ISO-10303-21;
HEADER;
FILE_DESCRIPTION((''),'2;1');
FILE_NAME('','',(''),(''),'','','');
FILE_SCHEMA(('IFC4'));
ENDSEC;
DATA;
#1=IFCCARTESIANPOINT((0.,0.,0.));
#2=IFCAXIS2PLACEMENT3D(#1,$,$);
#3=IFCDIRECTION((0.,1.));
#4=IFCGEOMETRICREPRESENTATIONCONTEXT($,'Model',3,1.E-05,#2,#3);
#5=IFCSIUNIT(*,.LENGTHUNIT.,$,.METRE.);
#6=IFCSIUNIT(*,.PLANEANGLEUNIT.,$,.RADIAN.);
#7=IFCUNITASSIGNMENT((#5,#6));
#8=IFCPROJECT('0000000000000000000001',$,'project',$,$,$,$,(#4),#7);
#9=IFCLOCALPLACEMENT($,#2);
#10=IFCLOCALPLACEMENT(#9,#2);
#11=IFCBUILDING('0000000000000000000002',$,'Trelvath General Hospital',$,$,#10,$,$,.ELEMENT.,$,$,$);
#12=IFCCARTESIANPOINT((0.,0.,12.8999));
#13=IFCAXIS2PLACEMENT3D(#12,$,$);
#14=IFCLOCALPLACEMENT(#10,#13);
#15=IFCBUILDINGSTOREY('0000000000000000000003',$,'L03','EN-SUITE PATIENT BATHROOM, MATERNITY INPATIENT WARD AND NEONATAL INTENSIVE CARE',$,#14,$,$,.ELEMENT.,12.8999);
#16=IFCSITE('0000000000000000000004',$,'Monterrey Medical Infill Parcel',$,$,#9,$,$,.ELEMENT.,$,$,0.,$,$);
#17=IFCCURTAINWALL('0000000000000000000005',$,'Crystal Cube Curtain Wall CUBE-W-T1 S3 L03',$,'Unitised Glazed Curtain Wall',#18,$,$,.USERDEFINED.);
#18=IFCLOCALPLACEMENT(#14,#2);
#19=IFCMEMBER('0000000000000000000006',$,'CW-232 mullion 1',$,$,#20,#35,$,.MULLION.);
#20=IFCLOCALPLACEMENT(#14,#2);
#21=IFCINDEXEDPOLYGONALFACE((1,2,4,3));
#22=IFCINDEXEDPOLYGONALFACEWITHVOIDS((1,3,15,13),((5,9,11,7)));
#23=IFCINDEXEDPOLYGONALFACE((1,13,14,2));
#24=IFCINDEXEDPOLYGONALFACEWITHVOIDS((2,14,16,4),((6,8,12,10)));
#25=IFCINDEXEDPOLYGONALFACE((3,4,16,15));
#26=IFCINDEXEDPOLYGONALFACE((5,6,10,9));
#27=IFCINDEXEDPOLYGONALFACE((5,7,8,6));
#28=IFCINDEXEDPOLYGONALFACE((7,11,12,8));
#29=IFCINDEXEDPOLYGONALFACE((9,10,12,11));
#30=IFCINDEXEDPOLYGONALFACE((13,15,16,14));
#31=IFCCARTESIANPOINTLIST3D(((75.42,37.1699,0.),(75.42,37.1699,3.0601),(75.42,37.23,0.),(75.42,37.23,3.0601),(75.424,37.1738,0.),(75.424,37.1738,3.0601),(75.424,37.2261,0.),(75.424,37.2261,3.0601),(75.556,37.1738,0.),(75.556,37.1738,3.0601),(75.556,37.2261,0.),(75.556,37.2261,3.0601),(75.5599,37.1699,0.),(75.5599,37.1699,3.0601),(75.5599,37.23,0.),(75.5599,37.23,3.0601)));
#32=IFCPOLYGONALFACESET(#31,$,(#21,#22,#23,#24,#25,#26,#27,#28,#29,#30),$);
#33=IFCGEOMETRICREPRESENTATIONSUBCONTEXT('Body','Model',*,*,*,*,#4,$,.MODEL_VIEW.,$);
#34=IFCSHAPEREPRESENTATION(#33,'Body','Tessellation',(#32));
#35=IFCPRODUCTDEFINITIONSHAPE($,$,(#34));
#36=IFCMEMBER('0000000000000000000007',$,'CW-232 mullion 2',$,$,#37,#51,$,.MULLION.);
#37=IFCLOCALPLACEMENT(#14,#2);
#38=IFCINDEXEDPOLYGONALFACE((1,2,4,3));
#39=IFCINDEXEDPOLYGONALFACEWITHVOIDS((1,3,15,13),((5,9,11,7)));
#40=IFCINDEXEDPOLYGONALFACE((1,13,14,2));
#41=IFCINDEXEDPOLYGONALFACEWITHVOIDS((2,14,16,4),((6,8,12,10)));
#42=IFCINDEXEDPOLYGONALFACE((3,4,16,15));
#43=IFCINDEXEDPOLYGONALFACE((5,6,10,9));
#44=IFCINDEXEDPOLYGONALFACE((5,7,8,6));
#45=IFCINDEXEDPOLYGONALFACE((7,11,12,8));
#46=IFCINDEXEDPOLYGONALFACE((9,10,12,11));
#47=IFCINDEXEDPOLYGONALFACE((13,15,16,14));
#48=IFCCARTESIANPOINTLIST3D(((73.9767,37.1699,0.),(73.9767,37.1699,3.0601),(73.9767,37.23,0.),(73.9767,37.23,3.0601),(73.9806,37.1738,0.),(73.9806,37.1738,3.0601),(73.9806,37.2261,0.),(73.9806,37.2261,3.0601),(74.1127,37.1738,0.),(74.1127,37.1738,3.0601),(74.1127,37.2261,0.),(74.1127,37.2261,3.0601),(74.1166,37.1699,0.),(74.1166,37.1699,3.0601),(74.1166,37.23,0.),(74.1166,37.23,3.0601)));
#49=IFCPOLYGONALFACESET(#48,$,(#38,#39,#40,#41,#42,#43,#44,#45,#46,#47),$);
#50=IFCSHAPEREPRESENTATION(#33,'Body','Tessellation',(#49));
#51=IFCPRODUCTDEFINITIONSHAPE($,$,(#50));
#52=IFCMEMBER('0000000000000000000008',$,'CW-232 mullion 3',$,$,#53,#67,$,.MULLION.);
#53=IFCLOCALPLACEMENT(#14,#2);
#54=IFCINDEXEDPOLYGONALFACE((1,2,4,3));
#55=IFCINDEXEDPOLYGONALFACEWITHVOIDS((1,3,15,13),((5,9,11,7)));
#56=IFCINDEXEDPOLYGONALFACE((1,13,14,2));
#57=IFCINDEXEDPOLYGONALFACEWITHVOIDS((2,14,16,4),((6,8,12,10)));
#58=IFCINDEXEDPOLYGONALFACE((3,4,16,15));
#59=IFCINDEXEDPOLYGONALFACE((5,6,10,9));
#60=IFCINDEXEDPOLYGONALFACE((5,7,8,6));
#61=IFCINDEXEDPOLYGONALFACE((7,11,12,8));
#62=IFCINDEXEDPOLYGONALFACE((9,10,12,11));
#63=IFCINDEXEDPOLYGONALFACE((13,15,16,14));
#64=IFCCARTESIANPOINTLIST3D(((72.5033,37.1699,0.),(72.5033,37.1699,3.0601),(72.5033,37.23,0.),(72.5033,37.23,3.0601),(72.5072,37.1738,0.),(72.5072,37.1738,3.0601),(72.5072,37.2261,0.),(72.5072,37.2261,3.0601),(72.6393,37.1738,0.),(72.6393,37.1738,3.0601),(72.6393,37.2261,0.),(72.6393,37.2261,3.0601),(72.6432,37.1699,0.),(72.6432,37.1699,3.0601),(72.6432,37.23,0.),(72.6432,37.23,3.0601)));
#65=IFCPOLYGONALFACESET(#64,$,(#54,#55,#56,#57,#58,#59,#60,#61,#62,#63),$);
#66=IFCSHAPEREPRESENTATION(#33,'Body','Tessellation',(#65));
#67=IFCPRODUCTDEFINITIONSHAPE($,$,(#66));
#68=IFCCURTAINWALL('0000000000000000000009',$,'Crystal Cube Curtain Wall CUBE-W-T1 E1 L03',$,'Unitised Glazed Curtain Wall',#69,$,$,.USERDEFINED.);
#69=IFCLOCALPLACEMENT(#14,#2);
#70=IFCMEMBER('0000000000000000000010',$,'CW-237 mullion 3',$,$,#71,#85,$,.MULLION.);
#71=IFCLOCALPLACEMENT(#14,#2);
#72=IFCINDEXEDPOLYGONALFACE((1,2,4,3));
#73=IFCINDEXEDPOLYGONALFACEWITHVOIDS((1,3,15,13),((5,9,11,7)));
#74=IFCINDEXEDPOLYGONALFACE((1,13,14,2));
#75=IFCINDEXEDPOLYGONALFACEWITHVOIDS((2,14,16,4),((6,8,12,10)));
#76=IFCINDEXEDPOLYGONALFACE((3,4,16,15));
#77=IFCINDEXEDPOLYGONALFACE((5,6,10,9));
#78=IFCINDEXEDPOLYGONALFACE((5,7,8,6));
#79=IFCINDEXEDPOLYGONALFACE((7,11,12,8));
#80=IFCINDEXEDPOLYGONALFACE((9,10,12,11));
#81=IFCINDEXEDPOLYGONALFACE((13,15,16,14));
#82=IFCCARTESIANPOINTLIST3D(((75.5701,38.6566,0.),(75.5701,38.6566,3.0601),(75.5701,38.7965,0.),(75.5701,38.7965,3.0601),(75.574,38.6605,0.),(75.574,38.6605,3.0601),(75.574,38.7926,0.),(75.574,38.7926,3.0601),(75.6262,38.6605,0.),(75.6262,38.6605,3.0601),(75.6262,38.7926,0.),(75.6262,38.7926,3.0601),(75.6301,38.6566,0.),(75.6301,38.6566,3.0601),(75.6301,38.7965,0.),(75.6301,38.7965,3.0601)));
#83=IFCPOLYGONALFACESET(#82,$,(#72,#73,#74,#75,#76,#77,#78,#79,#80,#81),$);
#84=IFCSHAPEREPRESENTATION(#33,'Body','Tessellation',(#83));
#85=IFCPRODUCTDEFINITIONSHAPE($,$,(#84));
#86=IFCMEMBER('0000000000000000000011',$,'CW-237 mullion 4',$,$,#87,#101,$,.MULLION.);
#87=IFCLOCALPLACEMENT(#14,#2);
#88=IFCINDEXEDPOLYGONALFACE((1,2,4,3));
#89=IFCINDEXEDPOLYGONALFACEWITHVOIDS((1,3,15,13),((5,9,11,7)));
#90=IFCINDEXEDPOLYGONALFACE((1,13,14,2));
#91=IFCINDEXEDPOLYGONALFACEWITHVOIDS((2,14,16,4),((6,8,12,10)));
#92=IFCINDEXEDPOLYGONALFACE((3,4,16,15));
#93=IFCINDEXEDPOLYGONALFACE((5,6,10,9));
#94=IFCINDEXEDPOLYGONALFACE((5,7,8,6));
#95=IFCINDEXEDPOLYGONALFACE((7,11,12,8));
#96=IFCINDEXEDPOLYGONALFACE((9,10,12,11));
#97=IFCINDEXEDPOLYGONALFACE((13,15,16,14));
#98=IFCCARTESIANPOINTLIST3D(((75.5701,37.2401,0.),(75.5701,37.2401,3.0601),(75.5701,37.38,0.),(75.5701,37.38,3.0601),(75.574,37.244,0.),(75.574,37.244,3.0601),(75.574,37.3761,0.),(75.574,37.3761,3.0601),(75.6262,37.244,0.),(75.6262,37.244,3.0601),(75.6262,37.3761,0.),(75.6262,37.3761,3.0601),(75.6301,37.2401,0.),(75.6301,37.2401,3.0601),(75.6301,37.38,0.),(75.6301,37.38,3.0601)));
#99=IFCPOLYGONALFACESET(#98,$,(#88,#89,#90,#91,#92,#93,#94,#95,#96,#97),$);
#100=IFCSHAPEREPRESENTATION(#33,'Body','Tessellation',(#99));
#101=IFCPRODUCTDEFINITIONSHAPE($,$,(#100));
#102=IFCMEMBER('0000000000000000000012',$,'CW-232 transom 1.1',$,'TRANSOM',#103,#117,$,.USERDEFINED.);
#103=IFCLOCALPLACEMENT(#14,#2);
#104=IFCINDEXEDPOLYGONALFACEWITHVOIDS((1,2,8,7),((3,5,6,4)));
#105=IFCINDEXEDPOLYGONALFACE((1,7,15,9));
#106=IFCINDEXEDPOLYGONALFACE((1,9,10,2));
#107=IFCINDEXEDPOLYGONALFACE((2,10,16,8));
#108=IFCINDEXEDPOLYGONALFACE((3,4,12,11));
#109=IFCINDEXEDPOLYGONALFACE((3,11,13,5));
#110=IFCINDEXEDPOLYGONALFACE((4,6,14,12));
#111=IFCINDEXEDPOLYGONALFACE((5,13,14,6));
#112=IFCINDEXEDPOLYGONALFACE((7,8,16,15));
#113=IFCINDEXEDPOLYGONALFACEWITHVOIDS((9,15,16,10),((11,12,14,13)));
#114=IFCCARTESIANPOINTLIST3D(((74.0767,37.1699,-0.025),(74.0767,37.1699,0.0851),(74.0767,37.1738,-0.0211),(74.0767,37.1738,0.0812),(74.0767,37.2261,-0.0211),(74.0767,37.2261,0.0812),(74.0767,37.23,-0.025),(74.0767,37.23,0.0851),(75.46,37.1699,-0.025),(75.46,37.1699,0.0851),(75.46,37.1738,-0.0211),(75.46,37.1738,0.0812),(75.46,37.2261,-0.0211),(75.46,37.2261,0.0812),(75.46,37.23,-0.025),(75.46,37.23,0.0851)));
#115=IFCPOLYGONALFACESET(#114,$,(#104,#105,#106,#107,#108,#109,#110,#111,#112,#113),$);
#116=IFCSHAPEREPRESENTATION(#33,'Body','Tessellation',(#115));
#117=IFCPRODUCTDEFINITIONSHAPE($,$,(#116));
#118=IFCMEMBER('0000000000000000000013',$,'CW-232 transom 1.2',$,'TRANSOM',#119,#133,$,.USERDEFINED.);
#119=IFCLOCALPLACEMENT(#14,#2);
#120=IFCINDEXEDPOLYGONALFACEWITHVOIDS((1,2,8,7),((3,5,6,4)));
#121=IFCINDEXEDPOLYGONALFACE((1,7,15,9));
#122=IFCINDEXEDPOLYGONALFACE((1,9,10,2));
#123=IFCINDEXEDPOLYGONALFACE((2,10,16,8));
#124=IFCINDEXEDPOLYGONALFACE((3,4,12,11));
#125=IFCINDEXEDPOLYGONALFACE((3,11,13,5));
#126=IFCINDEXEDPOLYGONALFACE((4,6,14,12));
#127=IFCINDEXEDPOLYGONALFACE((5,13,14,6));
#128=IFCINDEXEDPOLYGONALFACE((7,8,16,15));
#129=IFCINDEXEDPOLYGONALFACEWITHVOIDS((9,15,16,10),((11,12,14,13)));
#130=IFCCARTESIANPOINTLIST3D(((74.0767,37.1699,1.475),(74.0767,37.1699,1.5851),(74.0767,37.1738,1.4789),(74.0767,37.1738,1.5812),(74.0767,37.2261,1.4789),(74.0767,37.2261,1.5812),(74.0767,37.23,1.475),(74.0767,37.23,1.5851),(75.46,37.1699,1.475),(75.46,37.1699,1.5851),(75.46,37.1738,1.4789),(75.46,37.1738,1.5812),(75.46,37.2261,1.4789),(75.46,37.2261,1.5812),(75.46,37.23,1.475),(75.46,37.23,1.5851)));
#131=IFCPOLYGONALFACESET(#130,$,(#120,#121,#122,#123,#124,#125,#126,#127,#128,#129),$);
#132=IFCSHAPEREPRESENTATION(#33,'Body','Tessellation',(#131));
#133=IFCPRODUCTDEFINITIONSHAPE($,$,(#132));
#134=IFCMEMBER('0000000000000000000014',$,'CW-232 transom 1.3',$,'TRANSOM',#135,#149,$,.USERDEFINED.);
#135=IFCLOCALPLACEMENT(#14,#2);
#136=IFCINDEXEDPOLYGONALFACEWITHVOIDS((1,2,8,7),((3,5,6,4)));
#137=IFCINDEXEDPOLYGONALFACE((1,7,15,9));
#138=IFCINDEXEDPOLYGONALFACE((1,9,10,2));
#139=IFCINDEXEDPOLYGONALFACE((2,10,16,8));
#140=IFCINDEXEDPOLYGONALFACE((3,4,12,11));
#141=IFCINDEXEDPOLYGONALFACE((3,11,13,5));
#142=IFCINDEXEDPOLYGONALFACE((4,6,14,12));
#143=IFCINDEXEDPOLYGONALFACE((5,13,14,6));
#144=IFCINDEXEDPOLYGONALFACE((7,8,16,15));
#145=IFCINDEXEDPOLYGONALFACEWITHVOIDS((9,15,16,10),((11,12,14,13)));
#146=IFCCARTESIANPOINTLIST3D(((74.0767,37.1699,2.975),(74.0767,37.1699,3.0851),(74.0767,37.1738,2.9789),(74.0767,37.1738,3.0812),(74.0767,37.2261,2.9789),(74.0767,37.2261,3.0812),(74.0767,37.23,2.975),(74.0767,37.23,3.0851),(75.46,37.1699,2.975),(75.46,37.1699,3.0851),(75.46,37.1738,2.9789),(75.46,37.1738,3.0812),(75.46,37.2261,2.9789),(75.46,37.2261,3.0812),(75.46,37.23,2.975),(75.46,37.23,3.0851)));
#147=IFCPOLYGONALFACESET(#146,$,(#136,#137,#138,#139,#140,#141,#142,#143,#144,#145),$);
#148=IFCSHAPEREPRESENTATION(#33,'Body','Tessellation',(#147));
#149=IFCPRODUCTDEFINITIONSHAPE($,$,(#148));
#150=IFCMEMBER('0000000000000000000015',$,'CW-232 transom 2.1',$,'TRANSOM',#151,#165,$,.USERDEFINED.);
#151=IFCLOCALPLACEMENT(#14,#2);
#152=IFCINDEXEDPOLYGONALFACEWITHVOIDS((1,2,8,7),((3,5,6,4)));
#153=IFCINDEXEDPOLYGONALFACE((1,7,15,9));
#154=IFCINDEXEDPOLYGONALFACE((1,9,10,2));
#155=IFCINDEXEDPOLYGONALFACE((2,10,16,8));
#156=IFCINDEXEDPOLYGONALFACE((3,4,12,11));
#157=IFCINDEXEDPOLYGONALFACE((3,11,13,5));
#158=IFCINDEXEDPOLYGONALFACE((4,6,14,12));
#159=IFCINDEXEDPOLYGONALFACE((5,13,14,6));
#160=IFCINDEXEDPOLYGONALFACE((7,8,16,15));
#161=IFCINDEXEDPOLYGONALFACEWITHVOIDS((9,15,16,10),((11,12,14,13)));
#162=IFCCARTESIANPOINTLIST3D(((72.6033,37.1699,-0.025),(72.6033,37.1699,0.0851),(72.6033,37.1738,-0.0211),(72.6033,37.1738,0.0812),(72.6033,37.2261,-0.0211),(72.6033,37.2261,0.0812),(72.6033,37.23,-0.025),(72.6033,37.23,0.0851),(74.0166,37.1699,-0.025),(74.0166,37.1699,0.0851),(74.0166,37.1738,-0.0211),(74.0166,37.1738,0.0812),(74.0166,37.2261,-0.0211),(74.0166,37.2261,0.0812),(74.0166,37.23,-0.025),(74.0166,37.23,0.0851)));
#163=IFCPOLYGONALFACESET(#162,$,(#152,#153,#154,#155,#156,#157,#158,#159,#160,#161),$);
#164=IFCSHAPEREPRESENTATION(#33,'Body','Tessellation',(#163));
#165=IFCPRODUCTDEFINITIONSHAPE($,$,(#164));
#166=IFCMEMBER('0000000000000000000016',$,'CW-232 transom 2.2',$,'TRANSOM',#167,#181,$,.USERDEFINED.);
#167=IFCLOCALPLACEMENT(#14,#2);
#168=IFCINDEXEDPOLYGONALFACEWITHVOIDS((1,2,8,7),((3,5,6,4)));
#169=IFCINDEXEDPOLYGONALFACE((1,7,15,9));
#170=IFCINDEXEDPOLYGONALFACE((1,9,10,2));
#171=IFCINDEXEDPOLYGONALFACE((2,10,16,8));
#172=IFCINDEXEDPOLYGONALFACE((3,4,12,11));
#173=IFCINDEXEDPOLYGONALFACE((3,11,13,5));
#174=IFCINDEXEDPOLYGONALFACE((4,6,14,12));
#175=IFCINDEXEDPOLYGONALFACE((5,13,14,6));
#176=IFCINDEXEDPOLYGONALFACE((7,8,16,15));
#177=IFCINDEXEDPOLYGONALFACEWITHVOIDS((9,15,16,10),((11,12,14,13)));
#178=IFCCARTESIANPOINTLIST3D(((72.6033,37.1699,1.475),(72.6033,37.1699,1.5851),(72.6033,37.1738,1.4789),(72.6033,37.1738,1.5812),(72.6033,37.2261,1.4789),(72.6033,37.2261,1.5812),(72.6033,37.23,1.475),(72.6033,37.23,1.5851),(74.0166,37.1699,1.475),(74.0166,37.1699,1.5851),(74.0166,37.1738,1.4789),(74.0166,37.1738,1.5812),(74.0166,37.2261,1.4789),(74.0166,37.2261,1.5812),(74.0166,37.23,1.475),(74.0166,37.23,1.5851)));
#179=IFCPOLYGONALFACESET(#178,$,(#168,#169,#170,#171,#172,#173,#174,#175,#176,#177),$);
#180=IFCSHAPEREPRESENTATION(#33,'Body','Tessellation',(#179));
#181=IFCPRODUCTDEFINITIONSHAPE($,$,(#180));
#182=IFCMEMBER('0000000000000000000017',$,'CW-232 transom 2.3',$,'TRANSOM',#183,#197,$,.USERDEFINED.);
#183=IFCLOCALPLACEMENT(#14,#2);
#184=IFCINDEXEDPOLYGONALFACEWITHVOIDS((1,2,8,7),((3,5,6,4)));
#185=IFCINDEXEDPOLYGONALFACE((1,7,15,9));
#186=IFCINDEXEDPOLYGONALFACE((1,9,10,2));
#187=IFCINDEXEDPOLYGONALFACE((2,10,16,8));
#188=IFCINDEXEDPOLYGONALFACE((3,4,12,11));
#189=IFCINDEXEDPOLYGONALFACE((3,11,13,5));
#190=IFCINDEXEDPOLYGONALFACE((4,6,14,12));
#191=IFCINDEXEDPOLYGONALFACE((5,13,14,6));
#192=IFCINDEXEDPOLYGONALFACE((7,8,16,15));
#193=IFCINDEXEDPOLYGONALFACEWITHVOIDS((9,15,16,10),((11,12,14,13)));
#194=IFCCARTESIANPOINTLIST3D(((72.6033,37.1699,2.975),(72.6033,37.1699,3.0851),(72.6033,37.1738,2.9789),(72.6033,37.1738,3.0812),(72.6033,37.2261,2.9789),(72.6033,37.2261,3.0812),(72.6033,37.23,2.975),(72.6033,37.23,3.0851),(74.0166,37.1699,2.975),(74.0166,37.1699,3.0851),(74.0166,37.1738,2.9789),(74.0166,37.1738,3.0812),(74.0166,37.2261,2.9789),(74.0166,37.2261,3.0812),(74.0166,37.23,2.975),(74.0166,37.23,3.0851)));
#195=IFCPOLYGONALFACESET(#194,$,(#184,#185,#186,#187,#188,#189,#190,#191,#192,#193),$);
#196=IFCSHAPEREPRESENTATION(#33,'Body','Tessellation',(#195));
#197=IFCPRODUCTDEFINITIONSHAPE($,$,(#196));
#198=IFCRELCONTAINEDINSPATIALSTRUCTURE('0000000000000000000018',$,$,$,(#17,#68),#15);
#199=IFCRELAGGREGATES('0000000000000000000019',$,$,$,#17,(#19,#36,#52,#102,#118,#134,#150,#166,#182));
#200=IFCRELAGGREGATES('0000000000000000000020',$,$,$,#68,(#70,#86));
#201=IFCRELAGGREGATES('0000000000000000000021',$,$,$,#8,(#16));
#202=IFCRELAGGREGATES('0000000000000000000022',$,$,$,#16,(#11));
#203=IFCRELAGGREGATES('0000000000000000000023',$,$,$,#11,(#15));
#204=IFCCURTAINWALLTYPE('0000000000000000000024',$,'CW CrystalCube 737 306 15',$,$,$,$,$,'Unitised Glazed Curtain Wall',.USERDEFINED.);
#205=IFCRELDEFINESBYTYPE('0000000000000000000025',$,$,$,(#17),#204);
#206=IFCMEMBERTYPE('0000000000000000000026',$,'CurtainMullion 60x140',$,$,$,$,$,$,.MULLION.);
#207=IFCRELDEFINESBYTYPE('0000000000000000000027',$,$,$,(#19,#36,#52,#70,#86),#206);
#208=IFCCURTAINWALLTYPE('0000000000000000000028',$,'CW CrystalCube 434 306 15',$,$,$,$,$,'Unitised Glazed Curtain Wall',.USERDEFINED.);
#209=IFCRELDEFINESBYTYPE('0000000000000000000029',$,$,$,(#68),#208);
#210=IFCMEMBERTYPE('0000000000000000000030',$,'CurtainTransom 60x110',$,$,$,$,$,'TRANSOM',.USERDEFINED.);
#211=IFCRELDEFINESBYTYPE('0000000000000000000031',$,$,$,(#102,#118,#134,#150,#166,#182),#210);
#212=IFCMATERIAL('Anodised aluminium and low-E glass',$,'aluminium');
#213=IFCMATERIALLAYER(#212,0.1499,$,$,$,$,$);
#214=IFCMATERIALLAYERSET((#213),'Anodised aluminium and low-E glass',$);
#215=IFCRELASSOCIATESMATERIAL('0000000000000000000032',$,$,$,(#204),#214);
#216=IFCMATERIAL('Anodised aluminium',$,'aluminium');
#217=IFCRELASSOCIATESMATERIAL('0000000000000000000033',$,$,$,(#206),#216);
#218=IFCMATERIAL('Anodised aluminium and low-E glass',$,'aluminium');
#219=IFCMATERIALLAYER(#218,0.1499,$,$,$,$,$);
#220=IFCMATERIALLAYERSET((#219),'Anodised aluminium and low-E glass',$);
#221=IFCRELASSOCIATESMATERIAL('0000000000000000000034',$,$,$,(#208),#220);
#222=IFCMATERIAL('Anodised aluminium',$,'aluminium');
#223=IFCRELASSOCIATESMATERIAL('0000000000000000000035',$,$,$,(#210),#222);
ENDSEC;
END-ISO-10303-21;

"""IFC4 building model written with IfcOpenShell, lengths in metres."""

from ifc_helpers import new_model, si_unit, direction, frame, origin, origin_2d, place, context, subcontext, project, spatial, hollow_rectangle, extrude, material, layer, layer_set, material_profile, profile_set, type_object, element, aggregate, save


model = new_model("IFC4")

# Units and contexts
model_context = context("Model", 3, precision=1e-05, world=origin(), true_north=direction((0.0, 1.0)))
body_context = subcontext(model_context, "Body", "Model", "MODEL_VIEW")
ifc_project = project(units=[si_unit("LENGTHUNIT", "METRE"), si_unit("PLANEANGLEUNIT", "RADIAN")], contexts=[model_context])

# Site, building, storey
site_placement = place(None, origin())
site = spatial("IfcSite", under=ifc_project, at=site_placement, Name="Monterrey Medical Infill Parcel", CompositionType="ELEMENT", RefElevation=0.0)
building_placement = place(site_placement, origin())
building = spatial("IfcBuilding", under=site, at=building_placement, Name="Trelvath General Hospital", CompositionType="ELEMENT")
storey_placement = place(building_placement, frame((0.0, 0.0, 12.8999)))
storey = spatial("IfcBuildingStorey", under=building, at=storey_placement, Name="L03", Description="EN-SUITE PATIENT BATHROOM, MATERNITY INPATIENT WARD AND NEONATAL INTENSIVE CARE", CompositionType="ELEMENT", Elevation=12.8999)

# Curtain walls, members
ifc_material_1 = material(Name="Anodised aluminium and low-E glass", Category="aluminium")
ifc_layer_1 = layer(ifc_material_1, 0.1499)
ifc_layer_set_1 = layer_set([ifc_layer_1], Name="Anodised aluminium and low-E glass")
curtain_wall_type_1 = type_object("IfcCurtainWallType", Name="CW CrystalCube 737 306 15", ElementType="Unitised Glazed Curtain Wall", PredefinedType="USERDEFINED", material=ifc_layer_set_1)
curtain_wall_1_placement = place(storey_placement, origin())
curtain_wall_1 = element("IfcCurtainWall", 1, at=curtain_wall_1_placement, inside=storey, type_object=curtain_wall_type_1, Name="Crystal Cube Curtain Wall CUBE-W-T1 S3 L03", ObjectType="Unitised Glazed Curtain Wall", PredefinedType="USERDEFINED")
ifc_material_2 = material(Name="Anodised aluminium", Category="aluminium")
ifc_material_profile_1 = material_profile(ifc_material_2, hollow_rectangle(XDim=0.0601, YDim=0.1399, WallThickness=0.0039, at=origin_2d()), Name="RHS60x140x4")
ifc_profile_set_1 = profile_set([ifc_material_profile_1], Name="Anodised aluminium")
member_type_1 = type_object("IfcMemberType", Name="CurtainMullion 60x140", PredefinedType="MULLION", material=ifc_profile_set_1)
member_1_placement = place(storey_placement, frame((75.49, 37.2, 0.0), z_axis=(0.0, 0.0, 1.0), x_axis=(0.0, -1.0, 0.0)))
member_1 = element("IfcMember", 2, at=member_1_placement, type_object=member_type_1, Name="CW-232 mullion 1", PredefinedType="MULLION", context=body_context, shape_type="SweptSolid", body=[
    extrude(hollow_rectangle(XDim=0.0601, YDim=0.1399, WallThickness=0.0039, at=origin_2d()), origin(), (0.0, 0.0, 1.0), 3.0601),
])
member_2_placement = place(storey_placement, frame((74.0466, 37.2, 0.0), z_axis=(0.0, 0.0, 1.0), x_axis=(0.0, -1.0, 0.0)))
member_2 = element("IfcMember", 3, at=member_2_placement, type_object=member_type_1, Name="CW-232 mullion 2", PredefinedType="MULLION", context=body_context, shape_type="SweptSolid", body=[
    extrude(hollow_rectangle(XDim=0.0601, YDim=0.1399, WallThickness=0.0039, at=origin_2d()), origin(), (0.0, 0.0, 1.0), 3.0601),
])
member_3_placement = place(storey_placement, frame((72.5732, 37.2, 0.0), z_axis=(0.0, 0.0, 1.0), x_axis=(0.0, -1.0, 0.0)))
member_3 = element("IfcMember", 4, at=member_3_placement, type_object=member_type_1, Name="CW-232 mullion 3", PredefinedType="MULLION", context=body_context, shape_type="SweptSolid", body=[
    extrude(hollow_rectangle(XDim=0.0601, YDim=0.1399, WallThickness=0.0039, at=origin_2d()), origin(), (0.0, 0.0, 1.0), 3.0601),
])
ifc_material_3 = material(Name="Anodised aluminium and low-E glass", Category="aluminium")
ifc_layer_2 = layer(ifc_material_3, 0.1499)
ifc_layer_set_2 = layer_set([ifc_layer_2], Name="Anodised aluminium and low-E glass")
curtain_wall_type_2 = type_object("IfcCurtainWallType", Name="CW CrystalCube 434 306 15", ElementType="Unitised Glazed Curtain Wall", PredefinedType="USERDEFINED", material=ifc_layer_set_2)
curtain_wall_2_placement = place(storey_placement, origin())
curtain_wall_2 = element("IfcCurtainWall", 5, at=curtain_wall_2_placement, inside=storey, type_object=curtain_wall_type_2, Name="Crystal Cube Curtain Wall CUBE-W-T1 E1 L03", ObjectType="Unitised Glazed Curtain Wall", PredefinedType="USERDEFINED")
member_4_placement = place(storey_placement, frame((75.6001, 38.7266, 0.0), z_axis=(0.0, 0.0, 1.0), x_axis=(1.0, 0.0, 0.0)))
member_4 = element("IfcMember", 6, at=member_4_placement, type_object=member_type_1, Name="CW-237 mullion 3", PredefinedType="MULLION", context=body_context, shape_type="SweptSolid", body=[
    extrude(hollow_rectangle(XDim=0.0601, YDim=0.1399, WallThickness=0.0039, at=origin_2d()), origin(), (0.0, 0.0, 1.0), 3.0601),
])
member_5_placement = place(storey_placement, frame((75.6001, 37.3101, 0.0), z_axis=(0.0, 0.0, 1.0), x_axis=(1.0, 0.0, 0.0)))
member_5 = element("IfcMember", 7, at=member_5_placement, type_object=member_type_1, Name="CW-237 mullion 4", PredefinedType="MULLION", context=body_context, shape_type="SweptSolid", body=[
    extrude(hollow_rectangle(XDim=0.0601, YDim=0.1399, WallThickness=0.0039, at=origin_2d()), origin(), (0.0, 0.0, 1.0), 3.0601),
])

# Members
ifc_material_4 = material(Name="Anodised aluminium", Category="aluminium")
ifc_material_profile_2 = material_profile(ifc_material_4, hollow_rectangle(XDim=0.0601, YDim=0.1101, WallThickness=0.0039, at=origin_2d()), Name="RHS60x110x4")
ifc_profile_set_2 = profile_set([ifc_material_profile_2], Name="Anodised aluminium")
member_type_2 = type_object("IfcMemberType", Name="CurtainTransom 60x110", ElementType="TRANSOM", PredefinedType="USERDEFINED", material=ifc_profile_set_2)
member_6_placement = place(storey_placement, frame((75.46, 37.2, 0.03), z_axis=(-1.0, 0.0, 0.0), x_axis=(0.0, -1.0, 0.0)))
member_6 = element("IfcMember", 8, at=member_6_placement, type_object=member_type_2, Name="CW-232 transom 1.1", ObjectType="TRANSOM", PredefinedType="USERDEFINED", context=body_context, shape_type="SweptSolid", body=[
    extrude(hollow_rectangle(XDim=0.0601, YDim=0.1101, WallThickness=0.0039, at=origin_2d()), origin(), (0.0, 0.0, 1.0), 1.3833),
])
member_7_placement = place(storey_placement, frame((75.46, 37.2, 1.53), z_axis=(-1.0, 0.0, 0.0), x_axis=(0.0, -1.0, 0.0)))
member_7 = element("IfcMember", 9, at=member_7_placement, type_object=member_type_2, Name="CW-232 transom 1.2", ObjectType="TRANSOM", PredefinedType="USERDEFINED", context=body_context, shape_type="SweptSolid", body=[
    extrude(hollow_rectangle(XDim=0.0601, YDim=0.1101, WallThickness=0.0039, at=origin_2d()), origin(), (0.0, 0.0, 1.0), 1.3833),
])
member_8_placement = place(storey_placement, frame((75.46, 37.2, 3.03), z_axis=(-1.0, 0.0, 0.0), x_axis=(0.0, -1.0, 0.0)))
member_8 = element("IfcMember", 10, at=member_8_placement, type_object=member_type_2, Name="CW-232 transom 1.3", ObjectType="TRANSOM", PredefinedType="USERDEFINED", context=body_context, shape_type="SweptSolid", body=[
    extrude(hollow_rectangle(XDim=0.0601, YDim=0.1101, WallThickness=0.0039, at=origin_2d()), origin(), (0.0, 0.0, 1.0), 1.3833),
])
member_9_placement = place(storey_placement, frame((74.0166, 37.2, 0.03), z_axis=(-1.0, 0.0, 0.0), x_axis=(0.0, -1.0, 0.0)))
member_9 = element("IfcMember", 11, at=member_9_placement, type_object=member_type_2, Name="CW-232 transom 2.1", ObjectType="TRANSOM", PredefinedType="USERDEFINED", context=body_context, shape_type="SweptSolid", body=[
    extrude(hollow_rectangle(XDim=0.0601, YDim=0.1101, WallThickness=0.0039, at=origin_2d()), origin(), (0.0, 0.0, 1.0), 1.4133),
])
member_10_placement = place(storey_placement, frame((74.0166, 37.2, 1.53), z_axis=(-1.0, 0.0, 0.0), x_axis=(0.0, -1.0, 0.0)))
member_10 = element("IfcMember", 12, at=member_10_placement, type_object=member_type_2, Name="CW-232 transom 2.2", ObjectType="TRANSOM", PredefinedType="USERDEFINED", context=body_context, shape_type="SweptSolid", body=[
    extrude(hollow_rectangle(XDim=0.0601, YDim=0.1101, WallThickness=0.0039, at=origin_2d()), origin(), (0.0, 0.0, 1.0), 1.4133),
])
member_11_placement = place(storey_placement, frame((74.0166, 37.2, 3.03), z_axis=(-1.0, 0.0, 0.0), x_axis=(0.0, -1.0, 0.0)))
member_11 = element("IfcMember", 13, at=member_11_placement, type_object=member_type_2, Name="CW-232 transom 2.3", ObjectType="TRANSOM", PredefinedType="USERDEFINED", context=body_context, shape_type="SweptSolid", body=[
    extrude(hollow_rectangle(XDim=0.0601, YDim=0.1101, WallThickness=0.0039, at=origin_2d()), origin(), (0.0, 0.0, 1.0), 1.4133),
])

aggregate(curtain_wall_1, [member_1, member_2, member_3, member_6, member_7, member_8, member_9, member_10, member_11])
aggregate(curtain_wall_2, [member_4, member_5])

save(model, "model.ifc")
